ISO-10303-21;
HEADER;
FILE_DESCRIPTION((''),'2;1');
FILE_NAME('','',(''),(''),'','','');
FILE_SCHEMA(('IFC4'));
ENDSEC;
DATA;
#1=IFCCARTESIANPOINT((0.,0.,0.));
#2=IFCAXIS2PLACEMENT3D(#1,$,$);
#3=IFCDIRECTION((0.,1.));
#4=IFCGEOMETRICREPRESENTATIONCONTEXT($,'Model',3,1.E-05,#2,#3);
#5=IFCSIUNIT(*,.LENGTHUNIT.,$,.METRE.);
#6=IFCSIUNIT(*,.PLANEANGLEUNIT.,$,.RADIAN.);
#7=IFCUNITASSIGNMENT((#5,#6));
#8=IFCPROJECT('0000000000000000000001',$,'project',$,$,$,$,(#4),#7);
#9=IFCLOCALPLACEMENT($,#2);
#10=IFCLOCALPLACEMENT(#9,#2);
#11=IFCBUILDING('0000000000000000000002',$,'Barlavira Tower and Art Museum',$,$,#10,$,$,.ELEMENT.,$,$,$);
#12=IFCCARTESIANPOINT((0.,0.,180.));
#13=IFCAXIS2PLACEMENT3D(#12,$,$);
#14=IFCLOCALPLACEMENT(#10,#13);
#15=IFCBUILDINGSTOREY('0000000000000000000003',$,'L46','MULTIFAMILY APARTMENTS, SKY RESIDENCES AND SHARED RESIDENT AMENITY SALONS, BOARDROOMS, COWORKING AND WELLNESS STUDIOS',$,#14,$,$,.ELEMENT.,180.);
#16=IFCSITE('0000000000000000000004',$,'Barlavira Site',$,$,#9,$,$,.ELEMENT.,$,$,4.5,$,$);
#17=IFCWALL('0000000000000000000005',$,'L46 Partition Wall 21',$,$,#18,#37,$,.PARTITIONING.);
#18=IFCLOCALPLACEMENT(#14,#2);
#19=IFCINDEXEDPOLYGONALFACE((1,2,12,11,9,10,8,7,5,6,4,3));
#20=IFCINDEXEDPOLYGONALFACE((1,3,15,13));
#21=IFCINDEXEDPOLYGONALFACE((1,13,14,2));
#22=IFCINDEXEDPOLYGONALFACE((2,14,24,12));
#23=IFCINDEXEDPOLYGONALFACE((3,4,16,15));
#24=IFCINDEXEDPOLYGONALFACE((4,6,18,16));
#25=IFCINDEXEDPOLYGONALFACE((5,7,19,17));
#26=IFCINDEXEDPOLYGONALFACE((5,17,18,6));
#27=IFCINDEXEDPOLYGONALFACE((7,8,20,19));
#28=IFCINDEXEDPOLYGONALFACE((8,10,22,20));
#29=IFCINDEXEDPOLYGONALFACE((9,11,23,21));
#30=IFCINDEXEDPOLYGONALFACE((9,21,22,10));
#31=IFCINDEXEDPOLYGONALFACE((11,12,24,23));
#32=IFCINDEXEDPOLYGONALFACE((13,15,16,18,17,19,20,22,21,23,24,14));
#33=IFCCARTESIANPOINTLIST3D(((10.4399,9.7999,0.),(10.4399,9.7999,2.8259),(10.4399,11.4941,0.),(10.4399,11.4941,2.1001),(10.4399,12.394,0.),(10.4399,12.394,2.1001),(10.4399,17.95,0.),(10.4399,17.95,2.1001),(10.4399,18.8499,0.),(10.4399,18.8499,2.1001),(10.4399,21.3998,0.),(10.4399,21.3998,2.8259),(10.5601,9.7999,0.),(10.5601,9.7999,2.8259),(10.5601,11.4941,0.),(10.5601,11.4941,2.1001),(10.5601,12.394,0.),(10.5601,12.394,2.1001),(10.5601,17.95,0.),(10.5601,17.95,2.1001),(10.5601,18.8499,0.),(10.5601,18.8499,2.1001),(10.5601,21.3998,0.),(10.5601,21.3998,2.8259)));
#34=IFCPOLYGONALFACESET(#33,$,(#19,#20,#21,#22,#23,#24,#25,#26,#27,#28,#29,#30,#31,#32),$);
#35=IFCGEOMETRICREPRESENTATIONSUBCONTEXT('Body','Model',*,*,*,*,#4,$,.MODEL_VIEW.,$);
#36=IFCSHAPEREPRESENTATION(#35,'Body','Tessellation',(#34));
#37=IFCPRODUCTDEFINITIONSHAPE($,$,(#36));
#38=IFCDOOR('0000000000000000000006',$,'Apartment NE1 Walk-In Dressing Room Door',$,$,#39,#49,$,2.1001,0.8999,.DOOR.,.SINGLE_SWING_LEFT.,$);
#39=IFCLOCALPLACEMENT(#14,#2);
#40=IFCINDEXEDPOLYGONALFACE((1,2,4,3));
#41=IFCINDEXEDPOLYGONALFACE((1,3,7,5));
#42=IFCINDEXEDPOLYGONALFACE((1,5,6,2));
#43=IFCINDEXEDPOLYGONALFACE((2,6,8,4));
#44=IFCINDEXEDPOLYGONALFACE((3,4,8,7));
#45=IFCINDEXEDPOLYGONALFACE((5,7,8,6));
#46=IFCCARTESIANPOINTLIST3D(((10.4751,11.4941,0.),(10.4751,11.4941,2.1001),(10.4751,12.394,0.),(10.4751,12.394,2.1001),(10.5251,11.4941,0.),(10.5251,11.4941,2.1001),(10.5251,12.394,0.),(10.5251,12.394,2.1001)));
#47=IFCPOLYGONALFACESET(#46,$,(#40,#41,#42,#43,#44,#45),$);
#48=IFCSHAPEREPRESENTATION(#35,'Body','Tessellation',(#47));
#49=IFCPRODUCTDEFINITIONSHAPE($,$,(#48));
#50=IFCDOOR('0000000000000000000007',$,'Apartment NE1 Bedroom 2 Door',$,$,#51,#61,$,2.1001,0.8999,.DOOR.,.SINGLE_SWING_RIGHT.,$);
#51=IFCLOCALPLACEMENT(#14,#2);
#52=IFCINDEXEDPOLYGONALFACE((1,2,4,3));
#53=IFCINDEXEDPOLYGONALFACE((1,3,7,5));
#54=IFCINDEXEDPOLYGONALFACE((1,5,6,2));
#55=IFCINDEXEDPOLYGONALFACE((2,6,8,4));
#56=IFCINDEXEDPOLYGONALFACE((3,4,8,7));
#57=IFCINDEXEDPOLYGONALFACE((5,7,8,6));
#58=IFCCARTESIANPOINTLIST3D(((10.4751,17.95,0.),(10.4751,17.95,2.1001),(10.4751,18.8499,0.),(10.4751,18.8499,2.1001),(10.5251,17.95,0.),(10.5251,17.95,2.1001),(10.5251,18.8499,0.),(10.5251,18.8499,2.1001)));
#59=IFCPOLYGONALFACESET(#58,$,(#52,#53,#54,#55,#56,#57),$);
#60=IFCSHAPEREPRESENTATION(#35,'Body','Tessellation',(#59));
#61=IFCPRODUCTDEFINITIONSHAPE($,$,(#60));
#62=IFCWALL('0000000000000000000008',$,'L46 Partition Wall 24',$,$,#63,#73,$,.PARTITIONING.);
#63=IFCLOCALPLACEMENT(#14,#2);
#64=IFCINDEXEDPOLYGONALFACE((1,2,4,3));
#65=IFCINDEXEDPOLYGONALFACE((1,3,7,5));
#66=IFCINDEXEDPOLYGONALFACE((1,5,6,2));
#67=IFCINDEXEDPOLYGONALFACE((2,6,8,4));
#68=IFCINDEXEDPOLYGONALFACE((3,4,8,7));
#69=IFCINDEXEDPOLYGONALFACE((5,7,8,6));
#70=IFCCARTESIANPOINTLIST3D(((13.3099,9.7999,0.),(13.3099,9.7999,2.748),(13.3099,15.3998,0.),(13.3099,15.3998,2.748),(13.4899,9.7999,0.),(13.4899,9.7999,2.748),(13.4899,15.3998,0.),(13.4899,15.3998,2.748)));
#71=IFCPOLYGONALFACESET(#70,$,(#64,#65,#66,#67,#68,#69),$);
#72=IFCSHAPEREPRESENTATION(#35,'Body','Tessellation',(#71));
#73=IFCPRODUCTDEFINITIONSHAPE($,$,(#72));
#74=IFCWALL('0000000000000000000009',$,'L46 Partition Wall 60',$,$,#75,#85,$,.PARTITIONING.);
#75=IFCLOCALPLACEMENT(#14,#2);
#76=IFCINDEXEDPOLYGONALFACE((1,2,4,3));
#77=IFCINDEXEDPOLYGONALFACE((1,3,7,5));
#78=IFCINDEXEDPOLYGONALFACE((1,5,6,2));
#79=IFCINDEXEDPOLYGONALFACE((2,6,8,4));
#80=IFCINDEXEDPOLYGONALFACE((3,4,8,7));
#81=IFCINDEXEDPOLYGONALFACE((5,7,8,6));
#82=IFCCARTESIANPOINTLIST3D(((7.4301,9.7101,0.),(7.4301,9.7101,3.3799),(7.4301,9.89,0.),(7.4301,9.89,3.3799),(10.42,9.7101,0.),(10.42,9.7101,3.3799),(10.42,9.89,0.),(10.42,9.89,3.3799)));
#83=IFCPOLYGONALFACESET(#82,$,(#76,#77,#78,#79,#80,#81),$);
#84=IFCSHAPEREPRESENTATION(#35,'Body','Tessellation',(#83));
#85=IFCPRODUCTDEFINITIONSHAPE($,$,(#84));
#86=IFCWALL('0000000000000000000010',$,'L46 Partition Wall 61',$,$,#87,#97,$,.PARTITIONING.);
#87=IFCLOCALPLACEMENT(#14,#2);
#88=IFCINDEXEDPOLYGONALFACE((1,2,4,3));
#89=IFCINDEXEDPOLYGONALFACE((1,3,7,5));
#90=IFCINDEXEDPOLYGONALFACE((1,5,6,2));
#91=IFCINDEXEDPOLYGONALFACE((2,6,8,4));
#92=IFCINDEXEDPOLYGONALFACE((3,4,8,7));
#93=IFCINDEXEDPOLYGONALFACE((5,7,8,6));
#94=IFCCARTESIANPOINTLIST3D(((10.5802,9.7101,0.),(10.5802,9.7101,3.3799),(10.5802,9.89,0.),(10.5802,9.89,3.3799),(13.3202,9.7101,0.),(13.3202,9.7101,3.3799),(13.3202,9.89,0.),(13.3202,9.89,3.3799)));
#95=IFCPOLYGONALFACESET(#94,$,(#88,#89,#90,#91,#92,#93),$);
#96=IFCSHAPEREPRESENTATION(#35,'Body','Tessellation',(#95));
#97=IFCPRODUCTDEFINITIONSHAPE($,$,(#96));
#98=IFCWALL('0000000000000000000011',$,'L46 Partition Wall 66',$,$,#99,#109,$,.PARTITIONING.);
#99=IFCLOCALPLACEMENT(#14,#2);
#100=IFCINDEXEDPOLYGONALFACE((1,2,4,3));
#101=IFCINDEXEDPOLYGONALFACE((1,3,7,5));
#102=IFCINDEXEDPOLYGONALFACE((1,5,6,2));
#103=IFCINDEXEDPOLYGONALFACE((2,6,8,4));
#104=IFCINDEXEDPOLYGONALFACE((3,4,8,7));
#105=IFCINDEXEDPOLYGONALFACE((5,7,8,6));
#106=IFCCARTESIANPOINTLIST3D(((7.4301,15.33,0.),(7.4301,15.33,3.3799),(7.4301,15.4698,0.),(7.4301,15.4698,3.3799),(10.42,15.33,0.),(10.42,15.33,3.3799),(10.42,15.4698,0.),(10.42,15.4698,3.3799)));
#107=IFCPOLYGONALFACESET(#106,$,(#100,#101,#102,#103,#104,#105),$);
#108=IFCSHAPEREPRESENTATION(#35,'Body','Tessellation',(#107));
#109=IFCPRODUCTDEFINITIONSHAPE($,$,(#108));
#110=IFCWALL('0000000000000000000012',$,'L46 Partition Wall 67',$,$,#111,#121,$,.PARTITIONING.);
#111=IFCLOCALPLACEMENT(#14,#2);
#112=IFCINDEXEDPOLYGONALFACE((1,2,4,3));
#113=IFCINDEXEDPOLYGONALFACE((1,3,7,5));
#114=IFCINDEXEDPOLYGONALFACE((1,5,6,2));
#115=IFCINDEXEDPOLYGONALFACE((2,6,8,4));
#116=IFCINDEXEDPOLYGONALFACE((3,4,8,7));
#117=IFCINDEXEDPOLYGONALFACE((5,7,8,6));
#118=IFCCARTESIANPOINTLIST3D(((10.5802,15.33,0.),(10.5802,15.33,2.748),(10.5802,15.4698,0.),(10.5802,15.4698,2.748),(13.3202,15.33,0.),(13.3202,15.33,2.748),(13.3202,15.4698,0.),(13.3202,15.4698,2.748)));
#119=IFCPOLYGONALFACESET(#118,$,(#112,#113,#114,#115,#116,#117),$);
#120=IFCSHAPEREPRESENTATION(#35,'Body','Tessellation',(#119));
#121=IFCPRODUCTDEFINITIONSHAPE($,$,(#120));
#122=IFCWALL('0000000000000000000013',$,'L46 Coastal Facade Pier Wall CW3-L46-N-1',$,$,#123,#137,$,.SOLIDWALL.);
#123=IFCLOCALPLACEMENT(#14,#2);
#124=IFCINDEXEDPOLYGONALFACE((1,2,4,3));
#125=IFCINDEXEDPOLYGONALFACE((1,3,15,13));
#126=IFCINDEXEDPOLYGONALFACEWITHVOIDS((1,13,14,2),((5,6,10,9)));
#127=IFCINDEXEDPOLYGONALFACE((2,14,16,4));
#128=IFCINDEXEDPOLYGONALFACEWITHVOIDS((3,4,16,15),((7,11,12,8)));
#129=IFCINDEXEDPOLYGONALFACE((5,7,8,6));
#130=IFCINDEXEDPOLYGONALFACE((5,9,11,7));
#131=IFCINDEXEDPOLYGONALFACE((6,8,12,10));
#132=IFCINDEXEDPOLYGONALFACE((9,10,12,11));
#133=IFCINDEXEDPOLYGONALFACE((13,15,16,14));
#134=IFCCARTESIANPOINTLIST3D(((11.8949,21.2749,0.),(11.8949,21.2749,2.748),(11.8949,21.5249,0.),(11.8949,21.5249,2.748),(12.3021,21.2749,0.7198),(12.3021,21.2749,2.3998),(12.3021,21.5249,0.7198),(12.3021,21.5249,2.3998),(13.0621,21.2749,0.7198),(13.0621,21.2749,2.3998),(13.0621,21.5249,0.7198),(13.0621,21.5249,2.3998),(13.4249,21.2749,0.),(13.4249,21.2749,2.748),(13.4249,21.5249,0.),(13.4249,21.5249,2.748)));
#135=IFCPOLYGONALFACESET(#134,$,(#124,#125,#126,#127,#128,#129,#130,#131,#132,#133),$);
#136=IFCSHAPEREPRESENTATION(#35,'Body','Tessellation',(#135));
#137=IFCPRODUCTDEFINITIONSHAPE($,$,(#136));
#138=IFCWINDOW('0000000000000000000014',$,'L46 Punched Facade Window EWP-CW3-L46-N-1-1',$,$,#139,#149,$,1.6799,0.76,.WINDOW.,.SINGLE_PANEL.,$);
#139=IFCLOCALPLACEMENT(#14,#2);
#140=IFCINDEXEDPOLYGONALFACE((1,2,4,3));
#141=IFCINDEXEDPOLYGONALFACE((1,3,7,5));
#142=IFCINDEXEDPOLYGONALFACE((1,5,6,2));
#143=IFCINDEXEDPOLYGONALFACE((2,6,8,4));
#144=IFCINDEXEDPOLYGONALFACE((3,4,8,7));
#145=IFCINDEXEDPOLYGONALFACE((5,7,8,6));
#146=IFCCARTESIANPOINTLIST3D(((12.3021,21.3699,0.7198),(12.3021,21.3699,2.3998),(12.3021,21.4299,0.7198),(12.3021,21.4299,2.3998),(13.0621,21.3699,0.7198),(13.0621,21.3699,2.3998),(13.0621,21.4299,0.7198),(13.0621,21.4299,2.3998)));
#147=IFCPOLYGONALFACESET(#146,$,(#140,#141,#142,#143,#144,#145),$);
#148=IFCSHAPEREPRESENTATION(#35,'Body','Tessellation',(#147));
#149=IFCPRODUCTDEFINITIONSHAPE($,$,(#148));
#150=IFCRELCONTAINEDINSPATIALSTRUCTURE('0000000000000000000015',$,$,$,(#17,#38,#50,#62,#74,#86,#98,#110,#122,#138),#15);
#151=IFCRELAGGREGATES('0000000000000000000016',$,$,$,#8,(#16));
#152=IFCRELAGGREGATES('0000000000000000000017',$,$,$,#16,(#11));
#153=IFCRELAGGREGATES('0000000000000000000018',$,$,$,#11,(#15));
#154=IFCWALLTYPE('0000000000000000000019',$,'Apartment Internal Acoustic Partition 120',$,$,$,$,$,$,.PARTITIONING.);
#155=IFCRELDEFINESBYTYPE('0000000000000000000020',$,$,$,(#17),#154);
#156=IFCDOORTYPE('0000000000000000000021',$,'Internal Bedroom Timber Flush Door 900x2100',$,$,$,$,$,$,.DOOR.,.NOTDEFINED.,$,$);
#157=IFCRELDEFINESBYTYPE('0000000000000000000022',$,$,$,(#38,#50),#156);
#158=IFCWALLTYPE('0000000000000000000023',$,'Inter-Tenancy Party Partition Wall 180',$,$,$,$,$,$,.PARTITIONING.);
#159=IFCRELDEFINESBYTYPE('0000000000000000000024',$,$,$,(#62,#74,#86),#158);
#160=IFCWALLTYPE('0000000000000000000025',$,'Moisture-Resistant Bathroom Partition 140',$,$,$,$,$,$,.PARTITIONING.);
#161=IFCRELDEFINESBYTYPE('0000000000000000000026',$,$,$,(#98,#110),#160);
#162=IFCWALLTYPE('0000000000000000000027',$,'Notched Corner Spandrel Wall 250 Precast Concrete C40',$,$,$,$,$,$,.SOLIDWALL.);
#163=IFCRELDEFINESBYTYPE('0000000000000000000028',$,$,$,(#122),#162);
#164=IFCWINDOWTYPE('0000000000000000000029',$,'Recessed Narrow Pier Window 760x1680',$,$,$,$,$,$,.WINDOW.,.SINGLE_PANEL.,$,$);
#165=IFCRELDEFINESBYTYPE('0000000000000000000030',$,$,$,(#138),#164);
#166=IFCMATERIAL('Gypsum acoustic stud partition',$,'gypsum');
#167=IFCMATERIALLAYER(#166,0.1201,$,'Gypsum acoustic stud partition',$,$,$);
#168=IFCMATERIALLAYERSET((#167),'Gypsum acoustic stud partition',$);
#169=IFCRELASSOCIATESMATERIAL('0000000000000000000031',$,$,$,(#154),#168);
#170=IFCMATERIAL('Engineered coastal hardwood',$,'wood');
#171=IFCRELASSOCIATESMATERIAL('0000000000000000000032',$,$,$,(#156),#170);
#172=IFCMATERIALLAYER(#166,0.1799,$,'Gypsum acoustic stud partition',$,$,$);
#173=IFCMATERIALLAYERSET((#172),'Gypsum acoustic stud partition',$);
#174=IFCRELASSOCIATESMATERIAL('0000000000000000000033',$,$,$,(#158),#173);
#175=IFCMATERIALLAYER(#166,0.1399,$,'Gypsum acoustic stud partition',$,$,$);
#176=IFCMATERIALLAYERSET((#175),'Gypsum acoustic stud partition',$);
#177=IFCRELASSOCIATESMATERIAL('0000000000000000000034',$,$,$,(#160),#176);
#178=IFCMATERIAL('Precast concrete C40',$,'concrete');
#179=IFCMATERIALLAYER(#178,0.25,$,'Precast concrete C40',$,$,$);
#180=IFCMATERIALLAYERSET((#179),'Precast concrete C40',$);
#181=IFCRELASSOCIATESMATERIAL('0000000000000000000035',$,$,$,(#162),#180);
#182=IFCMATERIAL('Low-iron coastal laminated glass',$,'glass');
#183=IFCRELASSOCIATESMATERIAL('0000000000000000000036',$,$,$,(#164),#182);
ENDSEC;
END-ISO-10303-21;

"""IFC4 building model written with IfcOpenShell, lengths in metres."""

from ifc_helpers import new_model, si_unit, direction, frame, frame_2d, origin, place, context, subcontext, project, spatial, rectangle, extrude, material, layer, layer_set, type_object, element, fill, save


model = new_model("IFC4")

# Units and contexts
model_context = context("Model", 3, precision=1e-05, world=origin(), true_north=direction((0.0, 1.0)))
body_context = subcontext(model_context, "Body", "Model", "MODEL_VIEW")
ifc_project = project(units=[si_unit("LENGTHUNIT", "METRE"), si_unit("PLANEANGLEUNIT", "RADIAN")], contexts=[model_context])

# Site, building, storey
site_placement = place(None, origin())
site = spatial("IfcSite", under=ifc_project, at=site_placement, Name="Barlavira Site", CompositionType="ELEMENT", RefElevation=4.5)
building_placement = place(site_placement, origin())
building = spatial("IfcBuilding", under=site, at=building_placement, Name="Barlavira Tower and Art Museum", CompositionType="ELEMENT")
storey_placement = place(building_placement, frame((0.0, 0.0, 180.0)))
storey = spatial("IfcBuildingStorey", under=building, at=storey_placement, Name="L46", Description="MULTIFAMILY APARTMENTS, SKY RESIDENCES AND SHARED RESIDENT AMENITY SALONS, BOARDROOMS, COWORKING AND WELLNESS STUDIOS", CompositionType="ELEMENT", Elevation=180.0)

# Wall, openings, doors
ifc_material_1 = material(Name="Gypsum acoustic stud partition", Category="gypsum")
ifc_layer_1 = layer(ifc_material_1, 0.1201, Name="Gypsum acoustic stud partition")
ifc_layer_set_1 = layer_set([ifc_layer_1], Name="Gypsum acoustic stud partition")
wall_type_1 = type_object("IfcWallType", Name="Apartment Internal Acoustic Partition 120", PredefinedType="PARTITIONING", material=ifc_layer_set_1)
wall_1_placement = place(storey_placement, frame((10.5, 9.8, 0.0), z_axis=(0.0, 0.0, 1.0), x_axis=(0.0, 1.0, 0.0)))
wall_1 = element("IfcWall", 1, at=wall_1_placement, inside=storey, type_object=wall_type_1, Name="L46 Partition Wall 21", PredefinedType="PARTITIONING", context=body_context, shape_type="SweptSolid", body=[
    extrude(rectangle(XDim=11.5999, YDim=0.1201, at=frame_2d((5.7998, 0.0))), origin(), (0.0, 0.0, 1.0), 2.8259),
])
opening_1_placement = place(wall_1_placement, frame((1.6941, 0.0, 0.0)))
opening_1 = element("IfcOpeningElement", 2, at=opening_1_placement, cuts=wall_1, PredefinedType="OPENING", context=body_context, shape_type="SweptSolid", body=[
    extrude(rectangle(XDim=0.8999, YDim=2.1001, at=frame_2d((0.45, 1.05))), frame((0.0, 0.0701, 0.0), z_axis=(0.0, -1.0, 0.0), x_axis=(1.0, 0.0, 0.0)), (0.0, 0.0, 1.0), 0.1401),
])
opening_2_placement = place(wall_1_placement, frame((8.1499, 0.0, 0.0)))
opening_2 = element("IfcOpeningElement", 3, at=opening_2_placement, cuts=wall_1, PredefinedType="OPENING", context=body_context, shape_type="SweptSolid", body=[
    extrude(rectangle(XDim=0.8999, YDim=2.1001, at=frame_2d((0.45, 1.05))), frame((0.0, 0.0701, 0.0), z_axis=(0.0, -1.0, 0.0), x_axis=(1.0, 0.0, 0.0)), (0.0, 0.0, 1.0), 0.1401),
])
ifc_material_2 = material(Name="Engineered coastal hardwood", Category="wood")
door_type = type_object("IfcDoorType", Name="Internal Bedroom Timber Flush Door 900x2100", OperationType="NOTDEFINED", PredefinedType="DOOR", material=ifc_material_2)
door_1_placement = place(opening_1_placement, origin())
door_1 = element("IfcDoor", 4, at=door_1_placement, inside=storey, type_object=door_type, Name="Apartment NE1 Walk-In Dressing Room Door", OperationType="SINGLE_SWING_LEFT", OverallHeight=2.1001, OverallWidth=0.8999, PredefinedType="DOOR", context=body_context, shape_type="SweptSolid", body=[
    extrude(rectangle(XDim=0.8999, YDim=2.1001, at=frame_2d((0.45, 1.05))), frame((0.0, 0.0249, 0.0), z_axis=(0.0, -1.0, 0.0), x_axis=(1.0, 0.0, 0.0)), (0.0, 0.0, 1.0), 0.05),
])
fill(opening_1, door_1)
door_2_placement = place(opening_2_placement, origin())
door_2 = element("IfcDoor", 5, at=door_2_placement, inside=storey, type_object=door_type, Name="Apartment NE1 Bedroom 2 Door", OperationType="SINGLE_SWING_RIGHT", OverallHeight=2.1001, OverallWidth=0.8999, PredefinedType="DOOR", context=body_context, shape_type="SweptSolid", body=[
    extrude(rectangle(XDim=0.8999, YDim=2.1001, at=frame_2d((0.45, 1.05))), frame((0.0, 0.0249, 0.0), z_axis=(0.0, -1.0, 0.0), x_axis=(1.0, 0.0, 0.0)), (0.0, 0.0, 1.0), 0.05),
])
fill(opening_2, door_2)

# Walls
ifc_layer_2 = layer(ifc_material_1, 0.1799, Name="Gypsum acoustic stud partition")
ifc_layer_set_2 = layer_set([ifc_layer_2], Name="Gypsum acoustic stud partition")
wall_type_2 = type_object("IfcWallType", Name="Inter-Tenancy Party Partition Wall 180", PredefinedType="PARTITIONING", material=ifc_layer_set_2)
wall_2_placement = place(storey_placement, frame((13.3999, 9.8, 0.0), z_axis=(0.0, 0.0, 1.0), x_axis=(0.0, 1.0, 0.0)))
element("IfcWall", 6, at=wall_2_placement, inside=storey, type_object=wall_type_2, Name="L46 Partition Wall 24", PredefinedType="PARTITIONING", context=body_context, shape_type="SweptSolid", body=[
    extrude(rectangle(XDim=5.5999, YDim=0.1799, at=frame_2d((2.7998, 0.0))), origin(), (0.0, 0.0, 1.0), 2.748),
])
wall_3_placement = place(storey_placement, frame((7.4299, 9.8, 0.0), z_axis=(0.0, 0.0, 1.0), x_axis=(1.0, 0.0, 0.0)))
element("IfcWall", 7, at=wall_3_placement, inside=storey, type_object=wall_type_2, Name="L46 Partition Wall 60", PredefinedType="PARTITIONING", context=body_context, shape_type="SweptSolid", body=[
    extrude(rectangle(XDim=2.99, YDim=0.1799, at=frame_2d((1.4951, 0.0))), origin(), (0.0, 0.0, 1.0), 3.3799),
])
wall_4_placement = place(storey_placement, frame((10.5801, 9.8, 0.0), z_axis=(0.0, 0.0, 1.0), x_axis=(1.0, 0.0, 0.0)))
element("IfcWall", 8, at=wall_4_placement, inside=storey, type_object=wall_type_2, Name="L46 Partition Wall 61", PredefinedType="PARTITIONING", context=body_context, shape_type="SweptSolid", body=[
    extrude(rectangle(XDim=2.74, YDim=0.1799, at=frame_2d((1.3701, 0.0))), origin(), (0.0, 0.0, 1.0), 3.3799),
])
ifc_layer_3 = layer(ifc_material_1, 0.1399, Name="Gypsum acoustic stud partition")
ifc_layer_set_3 = layer_set([ifc_layer_3], Name="Gypsum acoustic stud partition")
wall_type_3 = type_object("IfcWallType", Name="Moisture-Resistant Bathroom Partition 140", PredefinedType="PARTITIONING", material=ifc_layer_set_3)
wall_5_placement = place(storey_placement, frame((7.4299, 15.3999, 0.0), z_axis=(0.0, 0.0, 1.0), x_axis=(1.0, 0.0, 0.0)))
element("IfcWall", 9, at=wall_5_placement, inside=storey, type_object=wall_type_3, Name="L46 Partition Wall 66", PredefinedType="PARTITIONING", context=body_context, shape_type="SweptSolid", body=[
    extrude(rectangle(XDim=2.99, YDim=0.1399, at=frame_2d((1.4951, 0.0))), origin(), (0.0, 0.0, 1.0), 3.3799),
])
wall_6_placement = place(storey_placement, frame((10.5801, 15.3999, 0.0), z_axis=(0.0, 0.0, 1.0), x_axis=(1.0, 0.0, 0.0)))
element("IfcWall", 10, at=wall_6_placement, inside=storey, type_object=wall_type_3, Name="L46 Partition Wall 67", PredefinedType="PARTITIONING", context=body_context, shape_type="SweptSolid", body=[
    extrude(rectangle(XDim=2.74, YDim=0.1399, at=frame_2d((1.3701, 0.0))), origin(), (0.0, 0.0, 1.0), 2.748),
])

# Wall, opening, window
ifc_material_3 = material(Name="Precast concrete C40", Category="concrete")
ifc_layer_4 = layer(ifc_material_3, 0.25, Name="Precast concrete C40")
ifc_layer_set_4 = layer_set([ifc_layer_4], Name="Precast concrete C40")
wall_type_4 = type_object("IfcWallType", Name="Notched Corner Spandrel Wall 250 Precast Concrete C40", PredefinedType="SOLIDWALL", material=ifc_layer_set_4)
wall_7_placement = place(storey_placement, frame((13.425, 21.3999, 0.0), z_axis=(0.0, 0.0, 1.0), x_axis=(-1.0, 0.0, 0.0)))
wall_7 = element("IfcWall", 11, at=wall_7_placement, inside=storey, type_object=wall_type_4, Name="L46 Coastal Facade Pier Wall CW3-L46-N-1", PredefinedType="SOLIDWALL", context=body_context, shape_type="SweptSolid", body=[
    extrude(rectangle(XDim=1.53, YDim=0.25, at=frame_2d((0.7651, 0.0))), origin(), (0.0, 0.0, 1.0), 2.748),
])
opening_3_placement = place(wall_7_placement, frame((0.363, 0.0, 0.72)))
opening_3 = element("IfcOpeningElement", 12, at=opening_3_placement, cuts=wall_7, PredefinedType="OPENING", context=body_context, shape_type="SweptSolid", body=[
    extrude(rectangle(XDim=0.76, YDim=1.6799, at=frame_2d((0.3799, 0.8398))), frame((0.0, 0.135, 0.0), z_axis=(0.0, -1.0, 0.0), x_axis=(1.0, 0.0, 0.0)), (0.0, 0.0, 1.0), 0.27),
])
ifc_material_4 = material(Name="Low-iron coastal laminated glass", Category="glass")
window_type_1 = type_object("IfcWindowType", Name="Recessed Narrow Pier Window 760x1680", PartitioningType="SINGLE_PANEL", PredefinedType="WINDOW", material=ifc_material_4)
window_1_placement = place(opening_3_placement, origin())
window_1 = element("IfcWindow", 13, at=window_1_placement, inside=storey, type_object=window_type_1, Name="L46 Punched Facade Window EWP-CW3-L46-N-1-1", OverallHeight=1.6799, OverallWidth=0.76, PartitioningType="SINGLE_PANEL", PredefinedType="WINDOW", context=body_context, shape_type="SweptSolid", body=[
    extrude(rectangle(XDim=0.76, YDim=1.6799, at=frame_2d((0.3799, 0.8398))), frame((0.0, 0.03, 0.0), z_axis=(0.0, -1.0, 0.0), x_axis=(1.0, 0.0, 0.0)), (0.0, 0.0, 1.0), 0.0601),
])
fill(opening_3, window_1)

save(model, "model.ifc")
